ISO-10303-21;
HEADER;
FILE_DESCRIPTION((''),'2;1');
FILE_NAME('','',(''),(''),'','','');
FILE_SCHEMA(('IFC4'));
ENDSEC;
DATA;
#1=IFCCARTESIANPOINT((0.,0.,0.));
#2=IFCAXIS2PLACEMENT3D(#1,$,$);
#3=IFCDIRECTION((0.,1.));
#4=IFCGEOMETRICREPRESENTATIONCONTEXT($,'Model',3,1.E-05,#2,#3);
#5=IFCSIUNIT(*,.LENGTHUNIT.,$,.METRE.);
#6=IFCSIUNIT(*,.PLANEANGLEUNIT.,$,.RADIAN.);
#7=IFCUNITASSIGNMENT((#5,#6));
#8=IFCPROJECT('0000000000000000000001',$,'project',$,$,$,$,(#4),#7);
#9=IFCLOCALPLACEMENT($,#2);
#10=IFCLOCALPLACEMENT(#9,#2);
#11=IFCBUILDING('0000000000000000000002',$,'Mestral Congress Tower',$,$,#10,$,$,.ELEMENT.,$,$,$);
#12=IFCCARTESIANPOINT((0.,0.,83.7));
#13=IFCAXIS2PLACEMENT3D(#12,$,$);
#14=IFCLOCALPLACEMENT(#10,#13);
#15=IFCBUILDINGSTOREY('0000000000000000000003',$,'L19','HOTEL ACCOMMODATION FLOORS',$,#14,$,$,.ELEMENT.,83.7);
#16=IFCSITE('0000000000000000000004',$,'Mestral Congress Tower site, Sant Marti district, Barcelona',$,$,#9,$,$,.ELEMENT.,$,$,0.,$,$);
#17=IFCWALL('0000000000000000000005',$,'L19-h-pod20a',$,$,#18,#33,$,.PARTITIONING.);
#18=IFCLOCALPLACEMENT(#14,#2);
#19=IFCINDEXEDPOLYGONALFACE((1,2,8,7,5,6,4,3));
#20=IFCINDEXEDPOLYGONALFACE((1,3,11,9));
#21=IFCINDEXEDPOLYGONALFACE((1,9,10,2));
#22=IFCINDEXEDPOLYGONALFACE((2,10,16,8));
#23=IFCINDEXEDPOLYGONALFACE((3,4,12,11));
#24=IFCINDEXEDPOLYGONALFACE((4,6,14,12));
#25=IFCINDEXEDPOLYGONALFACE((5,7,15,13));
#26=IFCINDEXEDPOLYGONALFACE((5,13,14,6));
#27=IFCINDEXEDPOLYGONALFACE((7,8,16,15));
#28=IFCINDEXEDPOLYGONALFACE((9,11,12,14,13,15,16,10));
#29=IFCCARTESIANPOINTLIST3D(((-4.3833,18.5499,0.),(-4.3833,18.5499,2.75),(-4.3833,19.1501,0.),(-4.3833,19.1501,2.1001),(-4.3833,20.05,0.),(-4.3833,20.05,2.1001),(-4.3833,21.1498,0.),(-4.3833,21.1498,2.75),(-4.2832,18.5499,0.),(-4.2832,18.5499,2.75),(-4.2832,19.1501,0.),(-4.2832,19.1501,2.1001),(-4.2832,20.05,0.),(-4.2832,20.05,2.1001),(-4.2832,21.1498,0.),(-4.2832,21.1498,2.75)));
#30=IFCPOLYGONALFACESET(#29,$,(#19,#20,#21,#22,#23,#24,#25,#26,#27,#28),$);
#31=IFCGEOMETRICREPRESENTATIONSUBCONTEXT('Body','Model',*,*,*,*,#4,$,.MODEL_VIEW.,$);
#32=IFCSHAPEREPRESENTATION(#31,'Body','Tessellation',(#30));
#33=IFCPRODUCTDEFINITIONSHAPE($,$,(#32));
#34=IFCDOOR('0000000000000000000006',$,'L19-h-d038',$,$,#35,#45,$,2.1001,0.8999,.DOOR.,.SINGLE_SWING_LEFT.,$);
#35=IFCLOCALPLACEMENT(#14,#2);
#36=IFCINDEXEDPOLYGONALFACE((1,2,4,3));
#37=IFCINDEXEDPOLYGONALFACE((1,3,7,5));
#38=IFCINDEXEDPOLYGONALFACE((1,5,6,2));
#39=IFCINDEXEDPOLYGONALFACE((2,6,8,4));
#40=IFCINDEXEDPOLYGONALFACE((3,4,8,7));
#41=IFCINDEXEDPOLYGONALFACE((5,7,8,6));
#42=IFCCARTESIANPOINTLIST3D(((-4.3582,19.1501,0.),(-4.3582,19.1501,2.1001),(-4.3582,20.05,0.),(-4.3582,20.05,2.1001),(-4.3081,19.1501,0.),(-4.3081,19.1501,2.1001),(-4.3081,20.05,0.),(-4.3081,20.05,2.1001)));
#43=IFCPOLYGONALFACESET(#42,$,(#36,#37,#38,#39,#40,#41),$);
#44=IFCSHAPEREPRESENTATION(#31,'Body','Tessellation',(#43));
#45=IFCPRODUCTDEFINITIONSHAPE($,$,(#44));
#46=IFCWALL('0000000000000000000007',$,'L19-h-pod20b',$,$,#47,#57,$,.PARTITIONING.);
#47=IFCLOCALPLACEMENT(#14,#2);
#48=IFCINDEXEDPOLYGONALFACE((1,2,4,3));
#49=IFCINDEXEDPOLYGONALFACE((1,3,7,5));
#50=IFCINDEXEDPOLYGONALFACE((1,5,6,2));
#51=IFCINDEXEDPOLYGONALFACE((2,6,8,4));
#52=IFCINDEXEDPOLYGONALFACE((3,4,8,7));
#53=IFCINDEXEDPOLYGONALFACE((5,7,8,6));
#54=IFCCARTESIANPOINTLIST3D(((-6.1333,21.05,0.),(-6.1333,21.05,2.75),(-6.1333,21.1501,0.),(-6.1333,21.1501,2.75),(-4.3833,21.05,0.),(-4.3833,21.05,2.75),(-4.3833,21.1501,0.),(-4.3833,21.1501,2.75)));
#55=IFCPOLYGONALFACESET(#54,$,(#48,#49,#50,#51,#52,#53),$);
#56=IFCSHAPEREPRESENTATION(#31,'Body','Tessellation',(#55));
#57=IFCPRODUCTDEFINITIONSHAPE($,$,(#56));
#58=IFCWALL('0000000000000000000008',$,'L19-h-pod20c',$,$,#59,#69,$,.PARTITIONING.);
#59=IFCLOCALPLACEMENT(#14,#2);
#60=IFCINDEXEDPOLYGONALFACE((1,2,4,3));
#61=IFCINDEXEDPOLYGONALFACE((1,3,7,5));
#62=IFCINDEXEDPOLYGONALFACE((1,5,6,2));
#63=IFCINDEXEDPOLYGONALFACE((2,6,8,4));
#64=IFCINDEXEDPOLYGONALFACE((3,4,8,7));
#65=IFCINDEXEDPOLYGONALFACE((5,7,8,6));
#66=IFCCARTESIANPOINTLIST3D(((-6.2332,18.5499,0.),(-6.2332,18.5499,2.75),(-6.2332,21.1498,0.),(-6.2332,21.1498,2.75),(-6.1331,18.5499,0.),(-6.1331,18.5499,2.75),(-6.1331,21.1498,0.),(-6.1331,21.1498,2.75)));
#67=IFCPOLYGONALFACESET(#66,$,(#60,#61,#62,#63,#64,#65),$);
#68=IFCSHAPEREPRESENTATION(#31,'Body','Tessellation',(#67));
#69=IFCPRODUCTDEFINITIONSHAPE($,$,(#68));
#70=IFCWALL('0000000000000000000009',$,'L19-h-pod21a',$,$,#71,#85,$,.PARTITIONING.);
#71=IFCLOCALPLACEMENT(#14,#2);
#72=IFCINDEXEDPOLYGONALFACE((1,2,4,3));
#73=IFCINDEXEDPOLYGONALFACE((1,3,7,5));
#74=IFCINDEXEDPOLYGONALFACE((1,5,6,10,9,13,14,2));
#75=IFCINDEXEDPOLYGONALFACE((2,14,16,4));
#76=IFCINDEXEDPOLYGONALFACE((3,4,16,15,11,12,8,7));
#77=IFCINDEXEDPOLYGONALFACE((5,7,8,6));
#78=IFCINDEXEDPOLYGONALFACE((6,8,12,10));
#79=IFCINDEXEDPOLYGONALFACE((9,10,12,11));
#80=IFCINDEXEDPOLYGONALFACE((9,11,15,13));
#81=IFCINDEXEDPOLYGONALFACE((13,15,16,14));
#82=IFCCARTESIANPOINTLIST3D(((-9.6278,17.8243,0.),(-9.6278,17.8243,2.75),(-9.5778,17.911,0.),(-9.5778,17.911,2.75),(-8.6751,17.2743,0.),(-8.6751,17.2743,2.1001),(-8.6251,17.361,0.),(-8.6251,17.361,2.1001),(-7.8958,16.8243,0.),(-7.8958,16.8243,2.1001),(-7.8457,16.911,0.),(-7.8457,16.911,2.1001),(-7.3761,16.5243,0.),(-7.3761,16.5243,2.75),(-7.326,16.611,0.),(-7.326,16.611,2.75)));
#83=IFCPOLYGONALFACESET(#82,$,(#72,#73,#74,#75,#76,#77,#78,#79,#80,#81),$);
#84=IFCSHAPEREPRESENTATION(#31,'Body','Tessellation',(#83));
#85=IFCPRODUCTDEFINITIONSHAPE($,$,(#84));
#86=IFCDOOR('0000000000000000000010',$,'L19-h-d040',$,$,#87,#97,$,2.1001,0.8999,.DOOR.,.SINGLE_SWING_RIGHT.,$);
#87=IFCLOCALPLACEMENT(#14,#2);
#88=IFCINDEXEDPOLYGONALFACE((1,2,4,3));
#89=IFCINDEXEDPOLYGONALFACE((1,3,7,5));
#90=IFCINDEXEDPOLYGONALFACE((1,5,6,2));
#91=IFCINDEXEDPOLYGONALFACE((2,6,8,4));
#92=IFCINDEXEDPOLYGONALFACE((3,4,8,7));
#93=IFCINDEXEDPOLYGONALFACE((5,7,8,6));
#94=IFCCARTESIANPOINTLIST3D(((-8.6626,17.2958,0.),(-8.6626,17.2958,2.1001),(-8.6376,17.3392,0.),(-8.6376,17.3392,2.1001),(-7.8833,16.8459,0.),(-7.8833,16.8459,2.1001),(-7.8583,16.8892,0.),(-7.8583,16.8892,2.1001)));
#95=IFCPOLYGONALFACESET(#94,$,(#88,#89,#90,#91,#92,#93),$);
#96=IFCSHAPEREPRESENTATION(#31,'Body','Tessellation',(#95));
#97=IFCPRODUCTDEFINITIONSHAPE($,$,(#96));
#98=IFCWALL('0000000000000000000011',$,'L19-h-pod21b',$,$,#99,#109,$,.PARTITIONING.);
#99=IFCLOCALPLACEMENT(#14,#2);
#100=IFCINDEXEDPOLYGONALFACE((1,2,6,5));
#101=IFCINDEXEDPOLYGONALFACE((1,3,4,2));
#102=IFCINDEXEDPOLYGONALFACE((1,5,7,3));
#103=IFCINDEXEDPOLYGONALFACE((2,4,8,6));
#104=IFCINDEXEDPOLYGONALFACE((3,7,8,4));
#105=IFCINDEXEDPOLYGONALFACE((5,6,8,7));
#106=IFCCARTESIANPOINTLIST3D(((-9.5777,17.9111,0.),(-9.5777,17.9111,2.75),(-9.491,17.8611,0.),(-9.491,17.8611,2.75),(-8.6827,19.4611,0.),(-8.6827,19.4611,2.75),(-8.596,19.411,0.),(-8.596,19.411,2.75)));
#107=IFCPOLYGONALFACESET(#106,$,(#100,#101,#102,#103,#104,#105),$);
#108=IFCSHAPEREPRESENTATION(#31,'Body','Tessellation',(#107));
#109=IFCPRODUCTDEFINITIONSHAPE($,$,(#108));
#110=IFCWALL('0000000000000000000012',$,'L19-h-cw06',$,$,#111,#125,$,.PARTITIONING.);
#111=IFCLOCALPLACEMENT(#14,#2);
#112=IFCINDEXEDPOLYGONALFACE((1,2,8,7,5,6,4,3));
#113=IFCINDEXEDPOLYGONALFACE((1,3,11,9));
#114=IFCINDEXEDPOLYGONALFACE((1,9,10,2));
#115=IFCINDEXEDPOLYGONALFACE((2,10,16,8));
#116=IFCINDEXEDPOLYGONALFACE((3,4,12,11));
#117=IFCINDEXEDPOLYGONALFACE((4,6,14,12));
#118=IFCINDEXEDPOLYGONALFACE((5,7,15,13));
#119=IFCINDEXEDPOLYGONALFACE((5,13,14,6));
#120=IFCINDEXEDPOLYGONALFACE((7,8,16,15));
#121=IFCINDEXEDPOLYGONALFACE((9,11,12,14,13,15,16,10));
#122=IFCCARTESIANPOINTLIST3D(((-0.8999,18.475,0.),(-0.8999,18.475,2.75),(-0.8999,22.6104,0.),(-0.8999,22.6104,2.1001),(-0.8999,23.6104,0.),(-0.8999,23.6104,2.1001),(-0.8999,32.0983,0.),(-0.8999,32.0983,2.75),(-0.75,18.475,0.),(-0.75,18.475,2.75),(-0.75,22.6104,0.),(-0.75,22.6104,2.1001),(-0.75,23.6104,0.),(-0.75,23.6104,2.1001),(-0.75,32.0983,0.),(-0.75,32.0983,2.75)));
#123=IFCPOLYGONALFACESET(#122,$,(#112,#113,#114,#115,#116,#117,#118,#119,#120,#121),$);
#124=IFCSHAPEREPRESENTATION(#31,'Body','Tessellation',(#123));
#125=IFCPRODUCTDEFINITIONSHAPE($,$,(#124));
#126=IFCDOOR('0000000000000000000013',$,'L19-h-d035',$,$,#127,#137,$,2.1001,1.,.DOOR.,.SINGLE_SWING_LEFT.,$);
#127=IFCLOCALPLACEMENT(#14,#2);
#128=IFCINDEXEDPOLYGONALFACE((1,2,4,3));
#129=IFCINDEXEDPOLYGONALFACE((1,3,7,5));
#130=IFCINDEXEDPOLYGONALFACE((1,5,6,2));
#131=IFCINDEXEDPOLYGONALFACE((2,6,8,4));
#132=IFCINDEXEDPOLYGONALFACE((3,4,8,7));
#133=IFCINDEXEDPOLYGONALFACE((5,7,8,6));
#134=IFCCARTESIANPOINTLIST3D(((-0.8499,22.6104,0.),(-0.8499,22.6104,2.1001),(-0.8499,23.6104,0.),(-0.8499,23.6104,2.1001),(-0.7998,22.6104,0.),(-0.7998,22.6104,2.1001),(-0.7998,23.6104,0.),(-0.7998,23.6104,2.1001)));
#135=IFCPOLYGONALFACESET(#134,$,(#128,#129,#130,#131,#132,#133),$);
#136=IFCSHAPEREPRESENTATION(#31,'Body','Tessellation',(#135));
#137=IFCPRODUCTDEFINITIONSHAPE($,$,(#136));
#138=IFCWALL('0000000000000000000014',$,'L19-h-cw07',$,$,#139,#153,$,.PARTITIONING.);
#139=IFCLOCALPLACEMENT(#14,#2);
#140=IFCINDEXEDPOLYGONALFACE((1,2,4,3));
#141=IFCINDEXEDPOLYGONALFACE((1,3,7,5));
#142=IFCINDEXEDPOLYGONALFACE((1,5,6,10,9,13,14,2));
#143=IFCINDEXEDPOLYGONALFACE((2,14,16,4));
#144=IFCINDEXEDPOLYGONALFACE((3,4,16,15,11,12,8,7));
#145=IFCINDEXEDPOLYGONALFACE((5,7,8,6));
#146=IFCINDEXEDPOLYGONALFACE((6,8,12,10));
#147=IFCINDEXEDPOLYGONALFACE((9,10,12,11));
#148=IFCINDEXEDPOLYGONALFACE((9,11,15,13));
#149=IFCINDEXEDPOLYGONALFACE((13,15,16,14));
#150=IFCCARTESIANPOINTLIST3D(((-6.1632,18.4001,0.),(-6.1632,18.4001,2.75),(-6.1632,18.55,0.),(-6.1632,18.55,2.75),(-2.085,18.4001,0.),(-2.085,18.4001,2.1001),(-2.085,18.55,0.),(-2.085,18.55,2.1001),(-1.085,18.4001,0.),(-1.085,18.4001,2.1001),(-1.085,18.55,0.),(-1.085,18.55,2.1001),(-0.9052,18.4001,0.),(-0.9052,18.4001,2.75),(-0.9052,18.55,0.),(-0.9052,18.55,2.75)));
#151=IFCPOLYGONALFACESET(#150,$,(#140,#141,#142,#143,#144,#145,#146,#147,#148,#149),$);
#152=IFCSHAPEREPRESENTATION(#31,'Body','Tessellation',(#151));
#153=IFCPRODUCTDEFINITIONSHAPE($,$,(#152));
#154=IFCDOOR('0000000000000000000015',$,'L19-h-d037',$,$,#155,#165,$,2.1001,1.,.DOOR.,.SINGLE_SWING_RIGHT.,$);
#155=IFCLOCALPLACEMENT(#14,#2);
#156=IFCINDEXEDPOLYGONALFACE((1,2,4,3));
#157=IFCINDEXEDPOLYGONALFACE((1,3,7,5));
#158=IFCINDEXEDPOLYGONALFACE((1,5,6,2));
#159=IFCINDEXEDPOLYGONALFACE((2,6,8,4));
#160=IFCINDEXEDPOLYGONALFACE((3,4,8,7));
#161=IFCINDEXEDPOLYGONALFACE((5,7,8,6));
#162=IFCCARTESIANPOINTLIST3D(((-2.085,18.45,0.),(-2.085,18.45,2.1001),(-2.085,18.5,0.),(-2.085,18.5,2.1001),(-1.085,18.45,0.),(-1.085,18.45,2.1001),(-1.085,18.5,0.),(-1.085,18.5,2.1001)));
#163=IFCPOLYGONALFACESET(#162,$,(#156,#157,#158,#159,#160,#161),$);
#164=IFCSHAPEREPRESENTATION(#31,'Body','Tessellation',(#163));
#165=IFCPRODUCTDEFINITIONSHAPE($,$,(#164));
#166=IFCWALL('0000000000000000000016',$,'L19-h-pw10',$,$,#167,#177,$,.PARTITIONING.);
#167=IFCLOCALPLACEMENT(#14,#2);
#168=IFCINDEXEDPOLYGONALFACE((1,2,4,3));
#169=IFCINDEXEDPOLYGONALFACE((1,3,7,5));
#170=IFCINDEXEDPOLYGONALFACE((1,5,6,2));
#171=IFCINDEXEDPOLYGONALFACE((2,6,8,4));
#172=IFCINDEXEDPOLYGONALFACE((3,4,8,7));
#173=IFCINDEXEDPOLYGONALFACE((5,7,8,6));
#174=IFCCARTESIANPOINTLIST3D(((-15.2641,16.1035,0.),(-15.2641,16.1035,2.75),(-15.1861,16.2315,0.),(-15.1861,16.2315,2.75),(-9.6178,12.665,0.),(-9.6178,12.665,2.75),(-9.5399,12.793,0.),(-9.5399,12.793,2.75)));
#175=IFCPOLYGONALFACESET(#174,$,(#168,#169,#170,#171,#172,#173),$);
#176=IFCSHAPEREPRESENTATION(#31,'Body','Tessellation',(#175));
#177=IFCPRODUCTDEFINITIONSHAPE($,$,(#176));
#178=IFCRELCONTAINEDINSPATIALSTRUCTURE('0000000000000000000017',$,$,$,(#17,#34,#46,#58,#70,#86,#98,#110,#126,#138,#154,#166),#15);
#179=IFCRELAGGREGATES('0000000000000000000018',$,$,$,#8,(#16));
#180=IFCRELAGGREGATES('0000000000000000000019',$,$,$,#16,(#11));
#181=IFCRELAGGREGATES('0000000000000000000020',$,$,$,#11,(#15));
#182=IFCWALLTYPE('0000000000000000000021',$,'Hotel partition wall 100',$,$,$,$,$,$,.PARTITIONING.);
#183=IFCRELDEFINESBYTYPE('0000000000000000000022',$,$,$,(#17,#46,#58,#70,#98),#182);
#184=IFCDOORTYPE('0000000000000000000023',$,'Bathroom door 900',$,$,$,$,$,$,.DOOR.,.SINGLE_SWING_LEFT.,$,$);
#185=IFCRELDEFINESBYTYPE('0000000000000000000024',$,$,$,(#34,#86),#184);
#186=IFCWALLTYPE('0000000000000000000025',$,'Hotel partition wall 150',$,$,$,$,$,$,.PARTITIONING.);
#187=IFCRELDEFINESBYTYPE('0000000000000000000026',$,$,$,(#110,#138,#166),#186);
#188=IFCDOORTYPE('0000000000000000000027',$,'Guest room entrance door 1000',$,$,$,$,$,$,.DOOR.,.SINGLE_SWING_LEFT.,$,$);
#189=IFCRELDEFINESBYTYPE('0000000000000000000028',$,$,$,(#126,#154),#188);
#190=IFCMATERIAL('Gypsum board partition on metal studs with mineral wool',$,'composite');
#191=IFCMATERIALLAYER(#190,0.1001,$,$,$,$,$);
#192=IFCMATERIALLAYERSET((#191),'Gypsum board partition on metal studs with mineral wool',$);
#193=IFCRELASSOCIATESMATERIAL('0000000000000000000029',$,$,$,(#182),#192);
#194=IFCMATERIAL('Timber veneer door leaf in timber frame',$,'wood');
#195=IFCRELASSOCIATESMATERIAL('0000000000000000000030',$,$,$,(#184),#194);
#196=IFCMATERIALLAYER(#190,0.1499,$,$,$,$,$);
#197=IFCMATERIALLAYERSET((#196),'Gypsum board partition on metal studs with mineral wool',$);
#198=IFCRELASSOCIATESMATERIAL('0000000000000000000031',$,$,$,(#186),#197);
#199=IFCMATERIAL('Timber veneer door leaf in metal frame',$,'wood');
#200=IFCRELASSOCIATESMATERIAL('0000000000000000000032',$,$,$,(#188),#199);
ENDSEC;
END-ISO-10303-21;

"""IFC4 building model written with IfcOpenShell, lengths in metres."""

from ifc_helpers import new_model, si_unit, direction, frame, frame_2d, origin, place, context, subcontext, project, spatial, rectangle, extrude, material, layer, layer_set, type_object, element, fill, save


model = new_model("IFC4")

# Units and contexts
model_context = context("Model", 3, precision=1e-05, world=origin(), true_north=direction((0.0, 1.0)))
body_context = subcontext(model_context, "Body", "Model", "MODEL_VIEW")
ifc_project = project(units=[si_unit("LENGTHUNIT", "METRE"), si_unit("PLANEANGLEUNIT", "RADIAN")], contexts=[model_context])

# Site, building, storey
site_placement = place(None, origin())
site = spatial("IfcSite", under=ifc_project, at=site_placement, Name="Mestral Congress Tower site, Sant Marti district, Barcelona", CompositionType="ELEMENT", RefElevation=0.0)
building_placement = place(site_placement, origin())
building = spatial("IfcBuilding", under=site, at=building_placement, Name="Mestral Congress Tower", CompositionType="ELEMENT")
storey_placement = place(building_placement, frame((0.0, 0.0, 83.7)))
storey = spatial("IfcBuildingStorey", under=building, at=storey_placement, Name="L19", Description="HOTEL ACCOMMODATION FLOORS", CompositionType="ELEMENT", Elevation=83.7)

# Wall, opening, door
ifc_material_1 = material(Name="Gypsum board partition on metal studs with mineral wool", Category="composite")
ifc_layer_1 = layer(ifc_material_1, 0.1001)
ifc_layer_set_1 = layer_set([ifc_layer_1], Name="Gypsum board partition on metal studs with mineral wool")
wall_type_1 = type_object("IfcWallType", Name="Hotel partition wall 100", PredefinedType="PARTITIONING", material=ifc_layer_set_1)
wall_1_placement = place(storey_placement, frame((-4.3333, 18.55, 0.0), z_axis=(0.0, 0.0, 1.0), x_axis=(0.0, 1.0, 0.0)))
wall_1 = element("IfcWall", 1, at=wall_1_placement, inside=storey, type_object=wall_type_1, Name="L19-h-pod20a", PredefinedType="PARTITIONING", context=body_context, shape_type="SweptSolid", body=[
    extrude(rectangle(XDim=2.5999, YDim=0.1001, at=frame_2d((1.2998, 0.0))), origin(), (0.0, 0.0, 1.0), 2.75),
])
opening_1_placement = place(wall_1_placement, frame((0.6001, 0.0, 0.0)))
opening_1 = element("IfcOpeningElement", 2, at=opening_1_placement, cuts=wall_1, PredefinedType="OPENING", context=body_context, shape_type="SweptSolid", body=[
    extrude(rectangle(XDim=0.8999, YDim=2.1001, at=frame_2d((0.45, 1.05))), frame((0.0, 0.0601, 0.0), z_axis=(0.0, -1.0, 0.0), x_axis=(1.0, 0.0, 0.0)), (0.0, 0.0, 1.0), 0.1201),
])
ifc_material_2 = material(Name="Timber veneer door leaf in timber frame", Category="wood")
door_type_1 = type_object("IfcDoorType", Name="Bathroom door 900", OperationType="SINGLE_SWING_LEFT", PredefinedType="DOOR", material=ifc_material_2)
door_1_placement = place(opening_1_placement, origin())
door_1 = element("IfcDoor", 3, at=door_1_placement, inside=storey, type_object=door_type_1, Name="L19-h-d038", OperationType="SINGLE_SWING_LEFT", OverallHeight=2.1001, OverallWidth=0.8999, PredefinedType="DOOR", context=body_context, shape_type="SweptSolid", body=[
    extrude(rectangle(XDim=0.8999, YDim=2.1001, at=frame_2d((0.45, 1.05))), frame((0.0, 0.0249, 0.0), z_axis=(0.0, -1.0, 0.0), x_axis=(1.0, 0.0, 0.0)), (0.0, 0.0, 1.0), 0.05),
])
fill(opening_1, door_1)

# Walls
wall_2_placement = place(storey_placement, frame((-4.3833, 21.1001, 0.0), z_axis=(0.0, 0.0, 1.0), x_axis=(-1.0, 0.0, 0.0)))
element("IfcWall", 4, at=wall_2_placement, inside=storey, type_object=wall_type_1, Name="L19-h-pod20b", PredefinedType="PARTITIONING", context=body_context, shape_type="SweptSolid", body=[
    extrude(rectangle(XDim=1.75, YDim=0.1001, at=frame_2d((0.875, 0.0))), origin(), (0.0, 0.0, 1.0), 2.75),
])
wall_3_placement = place(storey_placement, frame((-6.1831, 18.55, 0.0), z_axis=(0.0, 0.0, 1.0), x_axis=(0.0, 1.0, 0.0)))
element("IfcWall", 5, at=wall_3_placement, inside=storey, type_object=wall_type_1, Name="L19-h-pod20c", PredefinedType="PARTITIONING", context=body_context, shape_type="SweptSolid", body=[
    extrude(rectangle(XDim=2.5999, YDim=0.1001, at=frame_2d((1.2998, 0.0))), origin(), (0.0, 0.0, 1.0), 2.75),
])

# Wall, opening, door
wall_4_placement = place(storey_placement, frame((-9.6028, 17.8677, 0.0), z_axis=(0.0, 0.0, 1.0), x_axis=(0.866021, -0.500007, 0.0)))
wall_4 = element("IfcWall", 6, at=wall_4_placement, inside=storey, type_object=wall_type_1, Name="L19-h-pod21a", PredefinedType="PARTITIONING", context=body_context, shape_type="SweptSolid", body=[
    extrude(rectangle(XDim=2.6001, YDim=0.1001, at=frame_2d((1.3, 0.0))), origin(), (0.0, 0.0, 1.0), 2.75),
])
opening_2_placement = place(wall_4_placement, frame((1.1001, 0.0, 0.0)))
opening_2 = element("IfcOpeningElement", 7, at=opening_2_placement, cuts=wall_4, PredefinedType="OPENING", context=body_context, shape_type="SweptSolid", body=[
    extrude(rectangle(XDim=0.8999, YDim=2.1001, at=frame_2d((0.45, 1.05))), frame((0.0, 0.0601, 0.0), z_axis=(0.0, -1.0, 0.0), x_axis=(1.0, 0.0, 0.0)), (0.0, 0.0, 1.0), 0.1201),
])
door_2_placement = place(opening_2_placement, origin())
door_2 = element("IfcDoor", 8, at=door_2_placement, inside=storey, type_object=door_type_1, Name="L19-h-d040", OperationType="SINGLE_SWING_RIGHT", OverallHeight=2.1001, OverallWidth=0.8999, PredefinedType="DOOR", context=body_context, shape_type="SweptSolid", body=[
    extrude(rectangle(XDim=0.8999, YDim=2.1001, at=frame_2d((0.45, 1.05))), frame((0.0, 0.0249, 0.0), z_axis=(0.0, -1.0, 0.0), x_axis=(1.0, 0.0, 0.0)), (0.0, 0.0, 1.0), 0.05),
])
fill(opening_2, door_2)

# Wall
wall_5_placement = place(storey_placement, frame((-9.5344, 17.886, 0.0), z_axis=(0.0, 0.0, 1.0), x_axis=(0.500041, 0.866002, 0.0)))
element("IfcWall", 9, at=wall_5_placement, inside=storey, type_object=wall_type_1, Name="L19-h-pod21b", PredefinedType="PARTITIONING", context=body_context, shape_type="SweptSolid", body=[
    extrude(rectangle(XDim=1.7898, YDim=0.1001, at=frame_2d((0.895, 0.0))), origin(), (0.0, 0.0, 1.0), 2.75),
])

# Walls, openings, doors
ifc_layer_2 = layer(ifc_material_1, 0.1499)
ifc_layer_set_2 = layer_set([ifc_layer_2], Name="Gypsum board partition on metal studs with mineral wool")
wall_type_2 = type_object("IfcWallType", Name="Hotel partition wall 150", PredefinedType="PARTITIONING", material=ifc_layer_set_2)
wall_6_placement = place(storey_placement, frame((-0.825, 18.4751, 0.0), z_axis=(0.0, 0.0, 1.0), x_axis=(0.0, 1.0, 0.0)))
wall_6 = element("IfcWall", 10, at=wall_6_placement, inside=storey, type_object=wall_type_2, Name="L19-h-cw06", PredefinedType="PARTITIONING", context=body_context, shape_type="SweptSolid", body=[
    extrude(rectangle(XDim=13.6233, YDim=0.1499, at=frame_2d((6.8115, 0.0))), origin(), (0.0, 0.0, 1.0), 2.75),
])
opening_3_placement = place(wall_6_placement, frame((4.1353, 0.0, 0.0)))
opening_3 = element("IfcOpeningElement", 11, at=opening_3_placement, cuts=wall_6, PredefinedType="OPENING", context=body_context, shape_type="SweptSolid", body=[
    extrude(rectangle(XDim=1.0, YDim=2.1001, at=frame_2d((0.5, 1.05))), frame((0.0, 0.085, 0.0), z_axis=(0.0, -1.0, 0.0), x_axis=(1.0, 0.0, 0.0)), (0.0, 0.0, 1.0), 0.1699),
])
ifc_material_3 = material(Name="Timber veneer door leaf in metal frame", Category="wood")
door_type_2 = type_object("IfcDoorType", Name="Guest room entrance door 1000", OperationType="SINGLE_SWING_LEFT", PredefinedType="DOOR", material=ifc_material_3)
door_3_placement = place(opening_3_placement, origin())
door_3 = element("IfcDoor", 12, at=door_3_placement, inside=storey, type_object=door_type_2, Name="L19-h-d035", OperationType="SINGLE_SWING_LEFT", OverallHeight=2.1001, OverallWidth=1.0, PredefinedType="DOOR", context=body_context, shape_type="SweptSolid", body=[
    extrude(rectangle(XDim=1.0, YDim=2.1001, at=frame_2d((0.5, 1.05))), frame((0.0, 0.0249, 0.0), z_axis=(0.0, -1.0, 0.0), x_axis=(1.0, 0.0, 0.0)), (0.0, 0.0, 1.0), 0.05),
])
fill(opening_3, door_3)
wall_7_placement = place(storey_placement, frame((-6.1631, 18.4751, 0.0), z_axis=(0.0, 0.0, 1.0), x_axis=(1.0, 0.0, 0.0)))
wall_7 = element("IfcWall", 13, at=wall_7_placement, inside=storey, type_object=wall_type_2, Name="L19-h-cw07", PredefinedType="PARTITIONING", context=body_context, shape_type="SweptSolid", body=[
    extrude(rectangle(XDim=5.2581, YDim=0.1499, at=frame_2d((2.6289, 0.0))), origin(), (0.0, 0.0, 1.0), 2.75),
])
opening_4_placement = place(wall_7_placement, frame((4.0781, 0.0, 0.0)))
opening_4 = element("IfcOpeningElement", 14, at=opening_4_placement, cuts=wall_7, PredefinedType="OPENING", context=body_context, shape_type="SweptSolid", body=[
    extrude(rectangle(XDim=1.0, YDim=2.1001, at=frame_2d((0.5, 1.05))), frame((0.0, 0.085, 0.0), z_axis=(0.0, -1.0, 0.0), x_axis=(1.0, 0.0, 0.0)), (0.0, 0.0, 1.0), 0.1699),
])
door_4_placement = place(opening_4_placement, origin())
door_4 = element("IfcDoor", 15, at=door_4_placement, inside=storey, type_object=door_type_2, Name="L19-h-d037", OperationType="SINGLE_SWING_RIGHT", OverallHeight=2.1001, OverallWidth=1.0, PredefinedType="DOOR", context=body_context, shape_type="SweptSolid", body=[
    extrude(rectangle(XDim=1.0, YDim=2.1001, at=frame_2d((0.5, 1.05))), frame((0.0, 0.0249, 0.0), z_axis=(0.0, -1.0, 0.0), x_axis=(1.0, 0.0, 0.0)), (0.0, 0.0, 1.0), 0.05),
])
fill(opening_4, door_4)

# Wall
wall_8_placement = place(storey_placement, frame((-15.2251, 16.1675, 0.0), z_axis=(0.0, 0.0, 1.0), x_axis=(0.854089, -0.520127, 0.0)))
element("IfcWall", 16, at=wall_8_placement, inside=storey, type_object=wall_type_2, Name="L19-h-pw10", PredefinedType="PARTITIONING", context=body_context, shape_type="SweptSolid", body=[
    extrude(rectangle(XDim=6.6108, YDim=0.1499, at=frame_2d((3.3054, 0.0))), origin(), (0.0, 0.0, 1.0), 2.75),
])

save(model, "model.ifc")
